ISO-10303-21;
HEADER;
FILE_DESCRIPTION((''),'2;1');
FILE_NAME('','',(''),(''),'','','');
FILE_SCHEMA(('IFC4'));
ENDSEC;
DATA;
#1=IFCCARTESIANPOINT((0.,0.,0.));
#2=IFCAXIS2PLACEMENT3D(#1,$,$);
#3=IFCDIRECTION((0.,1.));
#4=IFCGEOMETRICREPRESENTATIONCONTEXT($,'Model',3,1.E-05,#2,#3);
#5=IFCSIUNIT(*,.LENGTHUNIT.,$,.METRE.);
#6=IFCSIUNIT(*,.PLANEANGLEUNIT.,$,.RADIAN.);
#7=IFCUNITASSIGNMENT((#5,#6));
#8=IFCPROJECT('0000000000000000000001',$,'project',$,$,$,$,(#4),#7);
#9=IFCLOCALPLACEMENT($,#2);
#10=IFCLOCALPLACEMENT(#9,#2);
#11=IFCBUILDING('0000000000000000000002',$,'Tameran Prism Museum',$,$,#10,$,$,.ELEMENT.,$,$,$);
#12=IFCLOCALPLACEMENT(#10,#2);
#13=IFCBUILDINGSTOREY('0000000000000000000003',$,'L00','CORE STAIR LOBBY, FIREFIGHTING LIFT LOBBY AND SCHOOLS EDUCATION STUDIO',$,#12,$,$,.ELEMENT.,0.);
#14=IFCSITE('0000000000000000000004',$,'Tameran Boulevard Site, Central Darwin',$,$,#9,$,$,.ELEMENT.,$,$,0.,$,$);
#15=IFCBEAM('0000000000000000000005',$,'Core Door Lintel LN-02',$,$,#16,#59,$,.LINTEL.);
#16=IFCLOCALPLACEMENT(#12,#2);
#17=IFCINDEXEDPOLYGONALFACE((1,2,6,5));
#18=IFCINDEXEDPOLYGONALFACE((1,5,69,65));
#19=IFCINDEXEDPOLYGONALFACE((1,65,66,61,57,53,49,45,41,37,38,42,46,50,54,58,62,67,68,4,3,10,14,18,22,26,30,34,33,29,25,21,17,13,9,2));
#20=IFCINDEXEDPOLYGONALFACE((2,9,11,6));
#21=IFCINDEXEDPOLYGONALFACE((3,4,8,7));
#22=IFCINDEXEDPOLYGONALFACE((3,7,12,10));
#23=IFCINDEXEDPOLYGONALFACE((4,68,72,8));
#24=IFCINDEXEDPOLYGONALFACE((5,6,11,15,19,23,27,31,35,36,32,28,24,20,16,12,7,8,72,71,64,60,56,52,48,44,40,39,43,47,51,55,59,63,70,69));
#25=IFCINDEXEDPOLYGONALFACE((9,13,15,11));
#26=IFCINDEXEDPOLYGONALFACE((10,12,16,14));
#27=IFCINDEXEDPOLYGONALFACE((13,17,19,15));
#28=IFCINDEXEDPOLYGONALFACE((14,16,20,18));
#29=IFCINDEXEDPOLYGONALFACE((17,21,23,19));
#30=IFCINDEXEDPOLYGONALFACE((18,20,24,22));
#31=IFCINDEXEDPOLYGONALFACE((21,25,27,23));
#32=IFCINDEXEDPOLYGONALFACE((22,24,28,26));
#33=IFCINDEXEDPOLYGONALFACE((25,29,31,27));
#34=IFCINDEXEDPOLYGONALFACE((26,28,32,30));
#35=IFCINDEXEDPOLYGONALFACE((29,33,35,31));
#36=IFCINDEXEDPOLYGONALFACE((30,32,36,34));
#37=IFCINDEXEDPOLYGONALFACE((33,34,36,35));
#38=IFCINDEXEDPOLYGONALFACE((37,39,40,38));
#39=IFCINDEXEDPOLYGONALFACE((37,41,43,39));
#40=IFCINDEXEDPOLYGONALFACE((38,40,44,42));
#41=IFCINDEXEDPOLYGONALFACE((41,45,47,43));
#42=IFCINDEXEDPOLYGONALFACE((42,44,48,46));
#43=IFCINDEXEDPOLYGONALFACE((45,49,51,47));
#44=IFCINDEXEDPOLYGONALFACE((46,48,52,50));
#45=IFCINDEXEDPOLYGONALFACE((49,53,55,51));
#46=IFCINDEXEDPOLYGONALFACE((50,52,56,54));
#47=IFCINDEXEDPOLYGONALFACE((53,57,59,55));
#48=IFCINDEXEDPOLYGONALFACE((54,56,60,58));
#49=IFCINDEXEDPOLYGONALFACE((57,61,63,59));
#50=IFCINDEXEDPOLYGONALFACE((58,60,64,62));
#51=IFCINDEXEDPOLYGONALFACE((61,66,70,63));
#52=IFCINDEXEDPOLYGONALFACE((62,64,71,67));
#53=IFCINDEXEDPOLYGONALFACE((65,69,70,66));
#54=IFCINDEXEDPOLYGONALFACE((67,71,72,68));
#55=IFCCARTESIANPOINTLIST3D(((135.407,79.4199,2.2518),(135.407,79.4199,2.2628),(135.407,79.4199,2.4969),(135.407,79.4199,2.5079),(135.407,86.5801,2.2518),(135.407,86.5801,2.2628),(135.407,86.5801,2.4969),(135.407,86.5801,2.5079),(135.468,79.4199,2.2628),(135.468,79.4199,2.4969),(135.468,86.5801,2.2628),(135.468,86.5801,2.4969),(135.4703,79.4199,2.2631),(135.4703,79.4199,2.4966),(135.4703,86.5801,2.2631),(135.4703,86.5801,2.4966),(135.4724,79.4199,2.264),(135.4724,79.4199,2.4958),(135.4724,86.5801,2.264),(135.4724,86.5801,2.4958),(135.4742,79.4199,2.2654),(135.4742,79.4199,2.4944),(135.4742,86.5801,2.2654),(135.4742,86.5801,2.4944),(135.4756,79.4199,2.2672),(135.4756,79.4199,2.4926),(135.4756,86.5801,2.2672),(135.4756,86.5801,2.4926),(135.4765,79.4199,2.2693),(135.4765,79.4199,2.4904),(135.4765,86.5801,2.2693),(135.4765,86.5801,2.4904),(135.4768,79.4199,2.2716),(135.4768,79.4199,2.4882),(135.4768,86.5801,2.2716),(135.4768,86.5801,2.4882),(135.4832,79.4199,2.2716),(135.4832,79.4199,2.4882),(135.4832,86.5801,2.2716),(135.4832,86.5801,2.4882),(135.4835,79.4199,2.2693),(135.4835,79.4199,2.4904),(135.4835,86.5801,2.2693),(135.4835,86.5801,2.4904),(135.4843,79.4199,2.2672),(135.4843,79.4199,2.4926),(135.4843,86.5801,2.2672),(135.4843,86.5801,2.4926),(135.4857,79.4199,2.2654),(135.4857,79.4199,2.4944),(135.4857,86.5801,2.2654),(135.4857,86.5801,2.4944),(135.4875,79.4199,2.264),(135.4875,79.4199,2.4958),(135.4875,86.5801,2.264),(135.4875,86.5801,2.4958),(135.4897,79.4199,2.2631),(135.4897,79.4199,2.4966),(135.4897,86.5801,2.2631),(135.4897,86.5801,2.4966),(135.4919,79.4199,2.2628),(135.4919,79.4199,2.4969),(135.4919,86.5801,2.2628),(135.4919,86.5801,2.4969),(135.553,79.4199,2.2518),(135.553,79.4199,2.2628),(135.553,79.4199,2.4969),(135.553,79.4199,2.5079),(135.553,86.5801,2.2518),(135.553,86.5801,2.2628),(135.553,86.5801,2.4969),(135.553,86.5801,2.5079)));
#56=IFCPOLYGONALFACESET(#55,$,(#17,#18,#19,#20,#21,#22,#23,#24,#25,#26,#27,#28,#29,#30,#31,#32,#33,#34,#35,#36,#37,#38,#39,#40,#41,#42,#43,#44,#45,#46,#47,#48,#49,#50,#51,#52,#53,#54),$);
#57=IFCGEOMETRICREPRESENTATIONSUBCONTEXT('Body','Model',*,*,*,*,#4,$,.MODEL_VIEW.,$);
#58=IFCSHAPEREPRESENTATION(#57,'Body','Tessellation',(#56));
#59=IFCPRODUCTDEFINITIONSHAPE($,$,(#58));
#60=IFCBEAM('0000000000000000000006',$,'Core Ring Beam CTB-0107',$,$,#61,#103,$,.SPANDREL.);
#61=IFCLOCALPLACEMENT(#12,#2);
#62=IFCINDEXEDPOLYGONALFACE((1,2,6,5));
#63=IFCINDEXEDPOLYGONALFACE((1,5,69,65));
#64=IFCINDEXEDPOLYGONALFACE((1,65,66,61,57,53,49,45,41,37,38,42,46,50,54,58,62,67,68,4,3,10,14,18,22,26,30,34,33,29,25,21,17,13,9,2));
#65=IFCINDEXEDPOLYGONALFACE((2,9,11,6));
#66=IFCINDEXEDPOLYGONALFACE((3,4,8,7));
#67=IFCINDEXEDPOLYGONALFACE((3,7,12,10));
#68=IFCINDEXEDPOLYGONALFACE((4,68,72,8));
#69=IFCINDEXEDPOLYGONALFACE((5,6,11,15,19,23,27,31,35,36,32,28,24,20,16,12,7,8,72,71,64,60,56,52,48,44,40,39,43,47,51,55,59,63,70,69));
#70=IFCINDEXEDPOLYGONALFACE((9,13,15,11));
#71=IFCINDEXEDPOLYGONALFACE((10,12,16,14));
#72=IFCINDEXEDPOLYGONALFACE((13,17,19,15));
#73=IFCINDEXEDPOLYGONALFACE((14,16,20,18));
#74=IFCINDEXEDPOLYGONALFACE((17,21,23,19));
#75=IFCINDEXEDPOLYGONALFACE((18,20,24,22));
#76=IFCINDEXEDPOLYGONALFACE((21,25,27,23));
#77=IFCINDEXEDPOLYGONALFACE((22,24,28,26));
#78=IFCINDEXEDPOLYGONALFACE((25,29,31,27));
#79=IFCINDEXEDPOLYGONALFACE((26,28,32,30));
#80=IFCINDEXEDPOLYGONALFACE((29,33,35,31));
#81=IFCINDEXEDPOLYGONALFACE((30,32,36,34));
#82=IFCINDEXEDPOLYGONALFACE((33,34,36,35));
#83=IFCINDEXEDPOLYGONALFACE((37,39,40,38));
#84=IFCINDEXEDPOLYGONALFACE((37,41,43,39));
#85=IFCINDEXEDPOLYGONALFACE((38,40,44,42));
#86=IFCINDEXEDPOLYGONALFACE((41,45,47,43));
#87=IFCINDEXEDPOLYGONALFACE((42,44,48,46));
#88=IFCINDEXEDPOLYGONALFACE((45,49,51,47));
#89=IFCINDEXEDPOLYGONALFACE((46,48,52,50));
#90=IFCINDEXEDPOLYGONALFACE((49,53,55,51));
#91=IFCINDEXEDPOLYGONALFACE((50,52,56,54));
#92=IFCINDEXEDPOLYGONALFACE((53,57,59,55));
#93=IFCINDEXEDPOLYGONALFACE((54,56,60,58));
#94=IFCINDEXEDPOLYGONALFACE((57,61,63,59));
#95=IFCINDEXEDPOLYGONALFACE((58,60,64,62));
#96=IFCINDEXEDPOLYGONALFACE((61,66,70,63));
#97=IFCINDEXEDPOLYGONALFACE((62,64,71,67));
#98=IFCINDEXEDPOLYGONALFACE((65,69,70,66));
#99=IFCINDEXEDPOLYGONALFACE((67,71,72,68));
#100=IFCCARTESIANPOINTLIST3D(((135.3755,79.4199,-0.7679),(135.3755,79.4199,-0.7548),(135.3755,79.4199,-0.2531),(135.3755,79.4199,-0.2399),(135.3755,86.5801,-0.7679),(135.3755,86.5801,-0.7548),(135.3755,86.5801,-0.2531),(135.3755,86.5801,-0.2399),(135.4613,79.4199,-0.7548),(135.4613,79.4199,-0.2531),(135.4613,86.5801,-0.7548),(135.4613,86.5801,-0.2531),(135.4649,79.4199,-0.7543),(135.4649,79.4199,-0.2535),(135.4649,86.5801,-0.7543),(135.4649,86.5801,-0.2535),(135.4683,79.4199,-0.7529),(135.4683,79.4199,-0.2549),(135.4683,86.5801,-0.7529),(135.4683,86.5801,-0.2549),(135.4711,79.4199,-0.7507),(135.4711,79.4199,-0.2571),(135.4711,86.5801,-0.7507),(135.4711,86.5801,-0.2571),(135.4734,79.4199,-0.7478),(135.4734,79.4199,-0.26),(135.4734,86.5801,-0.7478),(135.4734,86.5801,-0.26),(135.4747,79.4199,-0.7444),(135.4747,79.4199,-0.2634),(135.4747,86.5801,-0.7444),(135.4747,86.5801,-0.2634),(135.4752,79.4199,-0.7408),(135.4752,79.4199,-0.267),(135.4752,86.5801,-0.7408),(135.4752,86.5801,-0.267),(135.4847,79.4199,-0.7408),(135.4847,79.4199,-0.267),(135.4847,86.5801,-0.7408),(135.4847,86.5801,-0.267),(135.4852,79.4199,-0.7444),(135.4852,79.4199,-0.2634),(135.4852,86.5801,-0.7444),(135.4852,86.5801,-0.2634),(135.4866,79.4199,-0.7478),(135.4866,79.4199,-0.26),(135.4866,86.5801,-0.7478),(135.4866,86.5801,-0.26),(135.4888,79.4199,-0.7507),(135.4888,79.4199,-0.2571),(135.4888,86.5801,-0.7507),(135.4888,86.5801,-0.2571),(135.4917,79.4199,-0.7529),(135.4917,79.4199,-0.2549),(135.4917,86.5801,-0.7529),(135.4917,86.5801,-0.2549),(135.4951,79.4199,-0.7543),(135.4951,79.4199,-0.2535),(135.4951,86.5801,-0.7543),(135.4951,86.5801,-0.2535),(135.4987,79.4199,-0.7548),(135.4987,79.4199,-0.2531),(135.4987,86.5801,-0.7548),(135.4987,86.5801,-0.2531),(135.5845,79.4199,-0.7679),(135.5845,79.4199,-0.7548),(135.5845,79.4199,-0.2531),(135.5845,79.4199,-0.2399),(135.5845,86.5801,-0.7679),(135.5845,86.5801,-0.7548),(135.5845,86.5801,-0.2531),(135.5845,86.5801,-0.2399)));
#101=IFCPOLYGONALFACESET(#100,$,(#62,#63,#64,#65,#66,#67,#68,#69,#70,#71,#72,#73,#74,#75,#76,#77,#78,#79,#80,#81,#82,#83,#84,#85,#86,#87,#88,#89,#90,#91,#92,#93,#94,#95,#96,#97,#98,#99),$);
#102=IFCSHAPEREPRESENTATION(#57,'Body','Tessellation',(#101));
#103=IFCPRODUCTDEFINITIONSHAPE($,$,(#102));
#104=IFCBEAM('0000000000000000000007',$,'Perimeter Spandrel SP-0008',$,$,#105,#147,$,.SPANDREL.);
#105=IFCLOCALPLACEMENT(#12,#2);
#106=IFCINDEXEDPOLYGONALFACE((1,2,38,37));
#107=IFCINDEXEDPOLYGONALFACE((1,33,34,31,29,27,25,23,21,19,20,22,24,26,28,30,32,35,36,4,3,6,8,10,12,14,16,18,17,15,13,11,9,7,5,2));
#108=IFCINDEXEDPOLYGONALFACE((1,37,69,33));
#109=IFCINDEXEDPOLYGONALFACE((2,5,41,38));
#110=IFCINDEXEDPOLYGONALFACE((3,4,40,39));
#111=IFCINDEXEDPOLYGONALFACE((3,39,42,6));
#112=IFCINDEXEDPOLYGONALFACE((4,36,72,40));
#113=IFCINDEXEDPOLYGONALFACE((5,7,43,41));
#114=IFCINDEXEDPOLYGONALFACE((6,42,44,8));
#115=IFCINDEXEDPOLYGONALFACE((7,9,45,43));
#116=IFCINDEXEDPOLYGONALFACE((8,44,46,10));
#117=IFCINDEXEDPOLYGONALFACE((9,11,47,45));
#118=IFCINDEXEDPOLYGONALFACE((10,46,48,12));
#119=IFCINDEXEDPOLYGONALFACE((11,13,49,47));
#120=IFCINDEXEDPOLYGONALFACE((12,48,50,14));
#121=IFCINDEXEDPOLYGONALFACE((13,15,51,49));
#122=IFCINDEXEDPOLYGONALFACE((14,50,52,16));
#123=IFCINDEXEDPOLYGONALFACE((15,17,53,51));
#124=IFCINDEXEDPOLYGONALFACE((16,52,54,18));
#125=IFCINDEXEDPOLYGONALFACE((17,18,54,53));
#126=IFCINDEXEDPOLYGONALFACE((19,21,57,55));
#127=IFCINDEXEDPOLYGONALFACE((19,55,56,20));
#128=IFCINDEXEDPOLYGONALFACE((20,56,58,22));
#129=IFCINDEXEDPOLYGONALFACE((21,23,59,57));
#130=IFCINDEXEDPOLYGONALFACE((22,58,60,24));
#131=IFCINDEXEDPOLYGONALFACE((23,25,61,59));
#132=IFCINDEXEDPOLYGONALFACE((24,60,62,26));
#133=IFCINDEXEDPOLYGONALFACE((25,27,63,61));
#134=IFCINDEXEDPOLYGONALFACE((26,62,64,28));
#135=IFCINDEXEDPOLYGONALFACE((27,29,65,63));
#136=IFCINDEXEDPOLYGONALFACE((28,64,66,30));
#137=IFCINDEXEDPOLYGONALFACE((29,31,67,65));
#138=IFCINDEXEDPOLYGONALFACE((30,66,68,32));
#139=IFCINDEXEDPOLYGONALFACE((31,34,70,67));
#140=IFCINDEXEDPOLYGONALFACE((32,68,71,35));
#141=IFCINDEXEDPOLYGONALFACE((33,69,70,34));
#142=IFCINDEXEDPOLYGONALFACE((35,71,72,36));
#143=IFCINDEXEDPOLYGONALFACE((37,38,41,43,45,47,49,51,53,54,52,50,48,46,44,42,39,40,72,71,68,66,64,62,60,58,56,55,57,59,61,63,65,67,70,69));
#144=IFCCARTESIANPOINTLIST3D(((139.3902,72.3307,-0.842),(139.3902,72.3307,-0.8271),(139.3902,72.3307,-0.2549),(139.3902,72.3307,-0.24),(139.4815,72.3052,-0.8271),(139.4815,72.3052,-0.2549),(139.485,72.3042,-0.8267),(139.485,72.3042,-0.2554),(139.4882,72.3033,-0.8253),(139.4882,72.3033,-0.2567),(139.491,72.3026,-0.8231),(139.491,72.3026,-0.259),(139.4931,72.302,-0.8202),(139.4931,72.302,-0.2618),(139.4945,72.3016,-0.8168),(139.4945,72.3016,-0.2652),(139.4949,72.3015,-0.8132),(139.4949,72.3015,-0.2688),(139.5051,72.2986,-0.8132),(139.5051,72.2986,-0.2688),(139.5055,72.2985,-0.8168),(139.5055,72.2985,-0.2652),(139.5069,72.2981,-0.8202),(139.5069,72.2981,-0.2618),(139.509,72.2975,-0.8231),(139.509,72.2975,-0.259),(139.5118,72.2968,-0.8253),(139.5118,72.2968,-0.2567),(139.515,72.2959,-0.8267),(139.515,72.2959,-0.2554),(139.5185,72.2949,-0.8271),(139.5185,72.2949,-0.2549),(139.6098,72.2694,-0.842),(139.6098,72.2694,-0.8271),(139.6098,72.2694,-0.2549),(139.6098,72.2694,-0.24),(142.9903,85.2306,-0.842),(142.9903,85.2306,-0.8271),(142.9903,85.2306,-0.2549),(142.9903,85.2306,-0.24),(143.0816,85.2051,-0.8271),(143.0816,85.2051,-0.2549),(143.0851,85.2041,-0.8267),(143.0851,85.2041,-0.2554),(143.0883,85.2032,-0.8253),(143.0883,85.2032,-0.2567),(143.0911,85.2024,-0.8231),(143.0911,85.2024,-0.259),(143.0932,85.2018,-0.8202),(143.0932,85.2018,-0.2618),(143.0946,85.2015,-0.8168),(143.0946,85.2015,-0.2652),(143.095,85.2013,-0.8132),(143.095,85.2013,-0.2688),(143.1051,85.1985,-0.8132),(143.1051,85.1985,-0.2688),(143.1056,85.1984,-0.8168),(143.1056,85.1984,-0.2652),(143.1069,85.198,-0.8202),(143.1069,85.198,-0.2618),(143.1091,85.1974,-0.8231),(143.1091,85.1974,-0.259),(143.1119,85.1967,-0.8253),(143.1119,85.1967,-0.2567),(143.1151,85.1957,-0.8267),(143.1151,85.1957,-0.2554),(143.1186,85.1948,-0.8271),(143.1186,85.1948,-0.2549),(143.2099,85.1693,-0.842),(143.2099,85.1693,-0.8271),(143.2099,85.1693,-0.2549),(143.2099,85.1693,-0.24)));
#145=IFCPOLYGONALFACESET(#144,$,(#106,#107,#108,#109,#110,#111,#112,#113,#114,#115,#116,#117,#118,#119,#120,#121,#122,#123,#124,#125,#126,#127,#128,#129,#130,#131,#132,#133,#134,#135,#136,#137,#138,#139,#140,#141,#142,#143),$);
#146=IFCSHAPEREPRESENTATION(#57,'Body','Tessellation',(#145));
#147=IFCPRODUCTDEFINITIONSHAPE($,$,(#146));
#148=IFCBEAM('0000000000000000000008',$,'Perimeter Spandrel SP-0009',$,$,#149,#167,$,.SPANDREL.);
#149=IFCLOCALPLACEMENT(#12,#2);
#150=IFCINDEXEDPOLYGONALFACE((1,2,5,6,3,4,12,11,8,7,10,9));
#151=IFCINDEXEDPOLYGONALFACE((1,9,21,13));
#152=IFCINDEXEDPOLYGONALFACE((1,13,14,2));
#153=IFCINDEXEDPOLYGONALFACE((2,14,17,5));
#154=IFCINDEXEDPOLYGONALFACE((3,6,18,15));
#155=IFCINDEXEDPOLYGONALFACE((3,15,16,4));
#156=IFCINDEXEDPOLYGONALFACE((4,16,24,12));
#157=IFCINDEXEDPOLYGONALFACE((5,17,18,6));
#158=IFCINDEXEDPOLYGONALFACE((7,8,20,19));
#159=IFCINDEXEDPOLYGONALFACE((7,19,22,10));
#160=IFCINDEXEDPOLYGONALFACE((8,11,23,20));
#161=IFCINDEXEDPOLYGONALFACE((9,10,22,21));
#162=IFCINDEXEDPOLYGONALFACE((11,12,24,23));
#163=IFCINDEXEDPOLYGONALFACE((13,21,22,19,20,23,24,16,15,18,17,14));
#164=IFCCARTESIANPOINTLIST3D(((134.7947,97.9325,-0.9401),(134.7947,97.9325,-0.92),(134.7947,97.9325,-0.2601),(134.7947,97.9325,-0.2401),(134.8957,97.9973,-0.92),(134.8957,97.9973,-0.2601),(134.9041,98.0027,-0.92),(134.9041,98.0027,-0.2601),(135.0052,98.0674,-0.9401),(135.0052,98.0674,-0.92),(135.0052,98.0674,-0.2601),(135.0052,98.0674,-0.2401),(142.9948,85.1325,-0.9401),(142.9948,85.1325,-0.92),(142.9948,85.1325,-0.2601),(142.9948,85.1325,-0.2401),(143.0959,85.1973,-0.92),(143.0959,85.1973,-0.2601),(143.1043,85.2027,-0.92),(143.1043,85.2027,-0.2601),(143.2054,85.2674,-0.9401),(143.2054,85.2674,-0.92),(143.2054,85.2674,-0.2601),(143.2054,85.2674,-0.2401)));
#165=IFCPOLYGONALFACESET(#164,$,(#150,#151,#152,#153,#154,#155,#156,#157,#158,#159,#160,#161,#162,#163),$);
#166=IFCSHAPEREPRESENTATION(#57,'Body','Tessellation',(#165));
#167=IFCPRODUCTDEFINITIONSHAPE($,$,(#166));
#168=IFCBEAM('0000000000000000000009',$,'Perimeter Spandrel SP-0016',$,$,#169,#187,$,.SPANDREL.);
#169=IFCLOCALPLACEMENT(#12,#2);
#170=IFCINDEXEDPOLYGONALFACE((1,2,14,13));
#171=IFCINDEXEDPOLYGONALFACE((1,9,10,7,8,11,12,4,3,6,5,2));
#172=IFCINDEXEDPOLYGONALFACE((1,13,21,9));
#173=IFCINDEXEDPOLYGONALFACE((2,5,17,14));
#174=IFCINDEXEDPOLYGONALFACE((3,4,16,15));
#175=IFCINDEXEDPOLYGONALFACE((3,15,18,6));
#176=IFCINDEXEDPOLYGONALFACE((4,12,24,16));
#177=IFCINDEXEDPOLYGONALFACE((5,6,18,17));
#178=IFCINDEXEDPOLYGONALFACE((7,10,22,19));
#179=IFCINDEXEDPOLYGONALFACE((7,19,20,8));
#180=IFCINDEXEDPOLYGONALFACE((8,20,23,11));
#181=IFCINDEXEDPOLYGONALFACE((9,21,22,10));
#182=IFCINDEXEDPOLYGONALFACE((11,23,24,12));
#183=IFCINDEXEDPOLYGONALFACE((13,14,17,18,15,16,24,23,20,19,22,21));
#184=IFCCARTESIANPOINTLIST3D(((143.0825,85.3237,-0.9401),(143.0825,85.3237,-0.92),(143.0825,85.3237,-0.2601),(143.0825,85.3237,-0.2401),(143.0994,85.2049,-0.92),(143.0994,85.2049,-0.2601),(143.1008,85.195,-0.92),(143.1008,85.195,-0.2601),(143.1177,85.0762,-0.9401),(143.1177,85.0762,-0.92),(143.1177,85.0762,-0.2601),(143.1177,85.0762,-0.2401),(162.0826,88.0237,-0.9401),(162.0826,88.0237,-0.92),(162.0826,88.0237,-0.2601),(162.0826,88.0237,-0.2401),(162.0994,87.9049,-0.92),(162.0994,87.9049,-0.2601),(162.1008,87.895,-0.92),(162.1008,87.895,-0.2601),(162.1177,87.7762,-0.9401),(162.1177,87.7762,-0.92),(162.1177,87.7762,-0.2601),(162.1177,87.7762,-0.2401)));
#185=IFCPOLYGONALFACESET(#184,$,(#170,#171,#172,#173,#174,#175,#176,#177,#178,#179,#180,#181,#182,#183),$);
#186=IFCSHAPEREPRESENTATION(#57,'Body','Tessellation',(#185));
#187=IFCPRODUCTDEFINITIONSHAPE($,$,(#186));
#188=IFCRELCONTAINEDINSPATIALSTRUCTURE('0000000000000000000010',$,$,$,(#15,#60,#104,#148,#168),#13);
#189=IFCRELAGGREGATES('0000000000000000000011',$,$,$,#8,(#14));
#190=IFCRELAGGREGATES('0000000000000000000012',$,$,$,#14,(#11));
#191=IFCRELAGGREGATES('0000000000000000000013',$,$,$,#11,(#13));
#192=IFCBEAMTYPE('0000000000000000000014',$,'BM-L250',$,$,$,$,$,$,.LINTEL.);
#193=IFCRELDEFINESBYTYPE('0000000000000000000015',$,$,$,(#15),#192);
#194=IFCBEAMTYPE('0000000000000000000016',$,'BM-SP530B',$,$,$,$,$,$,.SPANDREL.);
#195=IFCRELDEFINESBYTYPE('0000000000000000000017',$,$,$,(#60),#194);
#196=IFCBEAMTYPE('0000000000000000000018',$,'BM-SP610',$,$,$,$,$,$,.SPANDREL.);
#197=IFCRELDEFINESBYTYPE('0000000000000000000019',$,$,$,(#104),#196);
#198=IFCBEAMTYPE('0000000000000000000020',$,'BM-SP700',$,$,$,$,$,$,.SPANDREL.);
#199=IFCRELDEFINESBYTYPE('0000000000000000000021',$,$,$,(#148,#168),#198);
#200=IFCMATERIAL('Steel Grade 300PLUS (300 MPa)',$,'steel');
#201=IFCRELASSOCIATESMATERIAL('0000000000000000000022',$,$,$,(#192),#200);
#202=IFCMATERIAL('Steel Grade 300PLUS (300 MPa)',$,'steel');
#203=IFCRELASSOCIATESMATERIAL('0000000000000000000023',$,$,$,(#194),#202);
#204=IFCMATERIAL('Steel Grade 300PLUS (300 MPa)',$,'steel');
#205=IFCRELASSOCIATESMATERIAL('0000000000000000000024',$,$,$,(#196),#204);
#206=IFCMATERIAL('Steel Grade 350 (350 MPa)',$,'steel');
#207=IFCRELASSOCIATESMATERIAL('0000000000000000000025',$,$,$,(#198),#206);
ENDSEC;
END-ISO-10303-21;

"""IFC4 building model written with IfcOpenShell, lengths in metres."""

from ifc_helpers import new_model, si_unit, direction, frame, origin, origin_2d, place, context, subcontext, project, spatial, i_section, extrude, material, material_profile, profile_set, type_object, element, save


model = new_model("IFC4")

# Units and contexts
model_context = context("Model", 3, precision=1e-05, world=origin(), true_north=direction((0.0, 1.0)))
body_context = subcontext(model_context, "Body", "Model", "MODEL_VIEW")
ifc_project = project(units=[si_unit("LENGTHUNIT", "METRE"), si_unit("PLANEANGLEUNIT", "RADIAN")], contexts=[model_context])

# Site, building, storey
site_placement = place(None, origin())
site = spatial("IfcSite", under=ifc_project, at=site_placement, Name="Tameran Boulevard Site, Central Darwin", CompositionType="ELEMENT", RefElevation=0.0)
building_placement = place(site_placement, origin())
building = spatial("IfcBuilding", under=site, at=building_placement, Name="Tameran Prism Museum", CompositionType="ELEMENT")
storey_placement = place(building_placement, origin())
storey = spatial("IfcBuildingStorey", under=building, at=storey_placement, Name="L00", Description="CORE STAIR LOBBY, FIREFIGHTING LIFT LOBBY AND SCHOOLS EDUCATION STUDIO", CompositionType="ELEMENT", Elevation=0.0)

# Beams
ifc_material_1 = material(Name="Steel Grade 300PLUS (300 MPa)", Category="steel")
ifc_material_profile_1 = material_profile(ifc_material_1, i_section(OverallWidth=0.146, OverallDepth=0.2561, WebThickness=0.0063, FlangeThickness=0.011, FilletRadius=0.0088, at=origin_2d()))
ifc_profile_set_1 = profile_set([ifc_material_profile_1])
beam_type_1 = type_object("IfcBeamType", Name="BM-L250", PredefinedType="LINTEL", material=ifc_profile_set_1)
beam_1_placement = place(storey_placement, frame((135.48, 79.4199, 2.3799), z_axis=(0.0, 1.0, 0.0), x_axis=(-1.0, 0.0, 0.0)))
element("IfcBeam", 1, at=beam_1_placement, inside=storey, type_object=beam_type_1, Name="Core Door Lintel LN-02", PredefinedType="LINTEL", context=body_context, shape_type="SweptSolid", body=[
    extrude(i_section(OverallWidth=0.146, OverallDepth=0.2561, WebThickness=0.0063, FlangeThickness=0.011, FilletRadius=0.0088, at=origin_2d()), origin(), (0.0, 0.0, 1.0), 7.1602),
])
ifc_material_2 = material(Name="Steel Grade 300PLUS (300 MPa)", Category="steel")
ifc_material_profile_2 = material_profile(ifc_material_2, i_section(OverallWidth=0.209, OverallDepth=0.5281, WebThickness=0.0095, FlangeThickness=0.0132, FilletRadius=0.0139, at=origin_2d()))
ifc_profile_set_2 = profile_set([ifc_material_profile_2])
beam_type_2 = type_object("IfcBeamType", Name="BM-SP530B", PredefinedType="SPANDREL", material=ifc_profile_set_2)
beam_2_placement = place(storey_placement, frame((135.48, 79.4199, -0.5039), z_axis=(0.0, 1.0, 0.0), x_axis=(-1.0, 0.0, 0.0)))
element("IfcBeam", 2, at=beam_2_placement, inside=storey, type_object=beam_type_2, Name="Core Ring Beam CTB-0107", PredefinedType="SPANDREL", context=body_context, shape_type="SweptSolid", body=[
    extrude(i_section(OverallWidth=0.209, OverallDepth=0.5281, WebThickness=0.0095, FlangeThickness=0.0132, FilletRadius=0.0139, at=origin_2d()), origin(), (0.0, 0.0, 1.0), 7.1602),
])
ifc_material_3 = material(Name="Steel Grade 300PLUS (300 MPa)", Category="steel")
ifc_material_profile_3 = material_profile(ifc_material_3, i_section(OverallWidth=0.228, OverallDepth=0.6021, WebThickness=0.0105, FlangeThickness=0.0149, FilletRadius=0.0139, at=origin_2d()))
ifc_profile_set_3 = profile_set([ifc_material_profile_3])
beam_type_3 = type_object("IfcBeamType", Name="BM-SP610", PredefinedType="SPANDREL", material=ifc_profile_set_3)
beam_3_placement = place(storey_placement, frame((139.5, 72.3, -0.541), z_axis=(0.268808, 0.963194, 0.0), x_axis=(-0.963194, 0.268808, 0.0)))
element("IfcBeam", 3, at=beam_3_placement, inside=storey, type_object=beam_type_3, Name="Perimeter Spandrel SP-0008", PredefinedType="SPANDREL", context=body_context, shape_type="SweptSolid", body=[
    extrude(i_section(OverallWidth=0.228, OverallDepth=0.6021, WebThickness=0.0105, FlangeThickness=0.0149, FilletRadius=0.0139, at=origin_2d()), origin(), (0.0, 0.0, 1.0), 13.3928),
])
ifc_material_4 = material(Name="Steel Grade 350 (350 MPa)", Category="steel")
ifc_material_profile_4 = material_profile(ifc_material_4, i_section(OverallWidth=0.25, OverallDepth=0.7, WebThickness=0.01, FlangeThickness=0.02, at=origin_2d()))
ifc_profile_set_4 = profile_set([ifc_material_profile_4])
beam_type_4 = type_object("IfcBeamType", Name="BM-SP700", PredefinedType="SPANDREL", material=ifc_profile_set_4)
beam_4_placement = place(storey_placement, frame((143.1001, 85.2, -0.5901), z_axis=(-0.539435, 0.842027, 0.0), x_axis=(-0.842027, -0.539435, 0.0)))
element("IfcBeam", 4, at=beam_4_placement, inside=storey, type_object=beam_type_4, Name="Perimeter Spandrel SP-0009", PredefinedType="SPANDREL", context=body_context, shape_type="SweptSolid", body=[
    extrude(i_section(OverallWidth=0.25, OverallDepth=0.7, WebThickness=0.01, FlangeThickness=0.02, at=origin_2d()), origin(), (0.0, 0.0, 1.0), 15.2014),
])
beam_5_placement = place(storey_placement, frame((143.1001, 85.2, -0.5901), z_axis=(0.990054, 0.140689, 0.0), x_axis=(-0.140689, 0.990054, 0.0)))
element("IfcBeam", 5, at=beam_5_placement, inside=storey, type_object=beam_type_4, Name="Perimeter Spandrel SP-0016", PredefinedType="SPANDREL", context=body_context, shape_type="SweptSolid", body=[
    extrude(i_section(OverallWidth=0.25, OverallDepth=0.7, WebThickness=0.01, FlangeThickness=0.02, at=origin_2d()), origin(), (0.0, 0.0, 1.0), 19.1909),
])

save(model, "model.ifc")
